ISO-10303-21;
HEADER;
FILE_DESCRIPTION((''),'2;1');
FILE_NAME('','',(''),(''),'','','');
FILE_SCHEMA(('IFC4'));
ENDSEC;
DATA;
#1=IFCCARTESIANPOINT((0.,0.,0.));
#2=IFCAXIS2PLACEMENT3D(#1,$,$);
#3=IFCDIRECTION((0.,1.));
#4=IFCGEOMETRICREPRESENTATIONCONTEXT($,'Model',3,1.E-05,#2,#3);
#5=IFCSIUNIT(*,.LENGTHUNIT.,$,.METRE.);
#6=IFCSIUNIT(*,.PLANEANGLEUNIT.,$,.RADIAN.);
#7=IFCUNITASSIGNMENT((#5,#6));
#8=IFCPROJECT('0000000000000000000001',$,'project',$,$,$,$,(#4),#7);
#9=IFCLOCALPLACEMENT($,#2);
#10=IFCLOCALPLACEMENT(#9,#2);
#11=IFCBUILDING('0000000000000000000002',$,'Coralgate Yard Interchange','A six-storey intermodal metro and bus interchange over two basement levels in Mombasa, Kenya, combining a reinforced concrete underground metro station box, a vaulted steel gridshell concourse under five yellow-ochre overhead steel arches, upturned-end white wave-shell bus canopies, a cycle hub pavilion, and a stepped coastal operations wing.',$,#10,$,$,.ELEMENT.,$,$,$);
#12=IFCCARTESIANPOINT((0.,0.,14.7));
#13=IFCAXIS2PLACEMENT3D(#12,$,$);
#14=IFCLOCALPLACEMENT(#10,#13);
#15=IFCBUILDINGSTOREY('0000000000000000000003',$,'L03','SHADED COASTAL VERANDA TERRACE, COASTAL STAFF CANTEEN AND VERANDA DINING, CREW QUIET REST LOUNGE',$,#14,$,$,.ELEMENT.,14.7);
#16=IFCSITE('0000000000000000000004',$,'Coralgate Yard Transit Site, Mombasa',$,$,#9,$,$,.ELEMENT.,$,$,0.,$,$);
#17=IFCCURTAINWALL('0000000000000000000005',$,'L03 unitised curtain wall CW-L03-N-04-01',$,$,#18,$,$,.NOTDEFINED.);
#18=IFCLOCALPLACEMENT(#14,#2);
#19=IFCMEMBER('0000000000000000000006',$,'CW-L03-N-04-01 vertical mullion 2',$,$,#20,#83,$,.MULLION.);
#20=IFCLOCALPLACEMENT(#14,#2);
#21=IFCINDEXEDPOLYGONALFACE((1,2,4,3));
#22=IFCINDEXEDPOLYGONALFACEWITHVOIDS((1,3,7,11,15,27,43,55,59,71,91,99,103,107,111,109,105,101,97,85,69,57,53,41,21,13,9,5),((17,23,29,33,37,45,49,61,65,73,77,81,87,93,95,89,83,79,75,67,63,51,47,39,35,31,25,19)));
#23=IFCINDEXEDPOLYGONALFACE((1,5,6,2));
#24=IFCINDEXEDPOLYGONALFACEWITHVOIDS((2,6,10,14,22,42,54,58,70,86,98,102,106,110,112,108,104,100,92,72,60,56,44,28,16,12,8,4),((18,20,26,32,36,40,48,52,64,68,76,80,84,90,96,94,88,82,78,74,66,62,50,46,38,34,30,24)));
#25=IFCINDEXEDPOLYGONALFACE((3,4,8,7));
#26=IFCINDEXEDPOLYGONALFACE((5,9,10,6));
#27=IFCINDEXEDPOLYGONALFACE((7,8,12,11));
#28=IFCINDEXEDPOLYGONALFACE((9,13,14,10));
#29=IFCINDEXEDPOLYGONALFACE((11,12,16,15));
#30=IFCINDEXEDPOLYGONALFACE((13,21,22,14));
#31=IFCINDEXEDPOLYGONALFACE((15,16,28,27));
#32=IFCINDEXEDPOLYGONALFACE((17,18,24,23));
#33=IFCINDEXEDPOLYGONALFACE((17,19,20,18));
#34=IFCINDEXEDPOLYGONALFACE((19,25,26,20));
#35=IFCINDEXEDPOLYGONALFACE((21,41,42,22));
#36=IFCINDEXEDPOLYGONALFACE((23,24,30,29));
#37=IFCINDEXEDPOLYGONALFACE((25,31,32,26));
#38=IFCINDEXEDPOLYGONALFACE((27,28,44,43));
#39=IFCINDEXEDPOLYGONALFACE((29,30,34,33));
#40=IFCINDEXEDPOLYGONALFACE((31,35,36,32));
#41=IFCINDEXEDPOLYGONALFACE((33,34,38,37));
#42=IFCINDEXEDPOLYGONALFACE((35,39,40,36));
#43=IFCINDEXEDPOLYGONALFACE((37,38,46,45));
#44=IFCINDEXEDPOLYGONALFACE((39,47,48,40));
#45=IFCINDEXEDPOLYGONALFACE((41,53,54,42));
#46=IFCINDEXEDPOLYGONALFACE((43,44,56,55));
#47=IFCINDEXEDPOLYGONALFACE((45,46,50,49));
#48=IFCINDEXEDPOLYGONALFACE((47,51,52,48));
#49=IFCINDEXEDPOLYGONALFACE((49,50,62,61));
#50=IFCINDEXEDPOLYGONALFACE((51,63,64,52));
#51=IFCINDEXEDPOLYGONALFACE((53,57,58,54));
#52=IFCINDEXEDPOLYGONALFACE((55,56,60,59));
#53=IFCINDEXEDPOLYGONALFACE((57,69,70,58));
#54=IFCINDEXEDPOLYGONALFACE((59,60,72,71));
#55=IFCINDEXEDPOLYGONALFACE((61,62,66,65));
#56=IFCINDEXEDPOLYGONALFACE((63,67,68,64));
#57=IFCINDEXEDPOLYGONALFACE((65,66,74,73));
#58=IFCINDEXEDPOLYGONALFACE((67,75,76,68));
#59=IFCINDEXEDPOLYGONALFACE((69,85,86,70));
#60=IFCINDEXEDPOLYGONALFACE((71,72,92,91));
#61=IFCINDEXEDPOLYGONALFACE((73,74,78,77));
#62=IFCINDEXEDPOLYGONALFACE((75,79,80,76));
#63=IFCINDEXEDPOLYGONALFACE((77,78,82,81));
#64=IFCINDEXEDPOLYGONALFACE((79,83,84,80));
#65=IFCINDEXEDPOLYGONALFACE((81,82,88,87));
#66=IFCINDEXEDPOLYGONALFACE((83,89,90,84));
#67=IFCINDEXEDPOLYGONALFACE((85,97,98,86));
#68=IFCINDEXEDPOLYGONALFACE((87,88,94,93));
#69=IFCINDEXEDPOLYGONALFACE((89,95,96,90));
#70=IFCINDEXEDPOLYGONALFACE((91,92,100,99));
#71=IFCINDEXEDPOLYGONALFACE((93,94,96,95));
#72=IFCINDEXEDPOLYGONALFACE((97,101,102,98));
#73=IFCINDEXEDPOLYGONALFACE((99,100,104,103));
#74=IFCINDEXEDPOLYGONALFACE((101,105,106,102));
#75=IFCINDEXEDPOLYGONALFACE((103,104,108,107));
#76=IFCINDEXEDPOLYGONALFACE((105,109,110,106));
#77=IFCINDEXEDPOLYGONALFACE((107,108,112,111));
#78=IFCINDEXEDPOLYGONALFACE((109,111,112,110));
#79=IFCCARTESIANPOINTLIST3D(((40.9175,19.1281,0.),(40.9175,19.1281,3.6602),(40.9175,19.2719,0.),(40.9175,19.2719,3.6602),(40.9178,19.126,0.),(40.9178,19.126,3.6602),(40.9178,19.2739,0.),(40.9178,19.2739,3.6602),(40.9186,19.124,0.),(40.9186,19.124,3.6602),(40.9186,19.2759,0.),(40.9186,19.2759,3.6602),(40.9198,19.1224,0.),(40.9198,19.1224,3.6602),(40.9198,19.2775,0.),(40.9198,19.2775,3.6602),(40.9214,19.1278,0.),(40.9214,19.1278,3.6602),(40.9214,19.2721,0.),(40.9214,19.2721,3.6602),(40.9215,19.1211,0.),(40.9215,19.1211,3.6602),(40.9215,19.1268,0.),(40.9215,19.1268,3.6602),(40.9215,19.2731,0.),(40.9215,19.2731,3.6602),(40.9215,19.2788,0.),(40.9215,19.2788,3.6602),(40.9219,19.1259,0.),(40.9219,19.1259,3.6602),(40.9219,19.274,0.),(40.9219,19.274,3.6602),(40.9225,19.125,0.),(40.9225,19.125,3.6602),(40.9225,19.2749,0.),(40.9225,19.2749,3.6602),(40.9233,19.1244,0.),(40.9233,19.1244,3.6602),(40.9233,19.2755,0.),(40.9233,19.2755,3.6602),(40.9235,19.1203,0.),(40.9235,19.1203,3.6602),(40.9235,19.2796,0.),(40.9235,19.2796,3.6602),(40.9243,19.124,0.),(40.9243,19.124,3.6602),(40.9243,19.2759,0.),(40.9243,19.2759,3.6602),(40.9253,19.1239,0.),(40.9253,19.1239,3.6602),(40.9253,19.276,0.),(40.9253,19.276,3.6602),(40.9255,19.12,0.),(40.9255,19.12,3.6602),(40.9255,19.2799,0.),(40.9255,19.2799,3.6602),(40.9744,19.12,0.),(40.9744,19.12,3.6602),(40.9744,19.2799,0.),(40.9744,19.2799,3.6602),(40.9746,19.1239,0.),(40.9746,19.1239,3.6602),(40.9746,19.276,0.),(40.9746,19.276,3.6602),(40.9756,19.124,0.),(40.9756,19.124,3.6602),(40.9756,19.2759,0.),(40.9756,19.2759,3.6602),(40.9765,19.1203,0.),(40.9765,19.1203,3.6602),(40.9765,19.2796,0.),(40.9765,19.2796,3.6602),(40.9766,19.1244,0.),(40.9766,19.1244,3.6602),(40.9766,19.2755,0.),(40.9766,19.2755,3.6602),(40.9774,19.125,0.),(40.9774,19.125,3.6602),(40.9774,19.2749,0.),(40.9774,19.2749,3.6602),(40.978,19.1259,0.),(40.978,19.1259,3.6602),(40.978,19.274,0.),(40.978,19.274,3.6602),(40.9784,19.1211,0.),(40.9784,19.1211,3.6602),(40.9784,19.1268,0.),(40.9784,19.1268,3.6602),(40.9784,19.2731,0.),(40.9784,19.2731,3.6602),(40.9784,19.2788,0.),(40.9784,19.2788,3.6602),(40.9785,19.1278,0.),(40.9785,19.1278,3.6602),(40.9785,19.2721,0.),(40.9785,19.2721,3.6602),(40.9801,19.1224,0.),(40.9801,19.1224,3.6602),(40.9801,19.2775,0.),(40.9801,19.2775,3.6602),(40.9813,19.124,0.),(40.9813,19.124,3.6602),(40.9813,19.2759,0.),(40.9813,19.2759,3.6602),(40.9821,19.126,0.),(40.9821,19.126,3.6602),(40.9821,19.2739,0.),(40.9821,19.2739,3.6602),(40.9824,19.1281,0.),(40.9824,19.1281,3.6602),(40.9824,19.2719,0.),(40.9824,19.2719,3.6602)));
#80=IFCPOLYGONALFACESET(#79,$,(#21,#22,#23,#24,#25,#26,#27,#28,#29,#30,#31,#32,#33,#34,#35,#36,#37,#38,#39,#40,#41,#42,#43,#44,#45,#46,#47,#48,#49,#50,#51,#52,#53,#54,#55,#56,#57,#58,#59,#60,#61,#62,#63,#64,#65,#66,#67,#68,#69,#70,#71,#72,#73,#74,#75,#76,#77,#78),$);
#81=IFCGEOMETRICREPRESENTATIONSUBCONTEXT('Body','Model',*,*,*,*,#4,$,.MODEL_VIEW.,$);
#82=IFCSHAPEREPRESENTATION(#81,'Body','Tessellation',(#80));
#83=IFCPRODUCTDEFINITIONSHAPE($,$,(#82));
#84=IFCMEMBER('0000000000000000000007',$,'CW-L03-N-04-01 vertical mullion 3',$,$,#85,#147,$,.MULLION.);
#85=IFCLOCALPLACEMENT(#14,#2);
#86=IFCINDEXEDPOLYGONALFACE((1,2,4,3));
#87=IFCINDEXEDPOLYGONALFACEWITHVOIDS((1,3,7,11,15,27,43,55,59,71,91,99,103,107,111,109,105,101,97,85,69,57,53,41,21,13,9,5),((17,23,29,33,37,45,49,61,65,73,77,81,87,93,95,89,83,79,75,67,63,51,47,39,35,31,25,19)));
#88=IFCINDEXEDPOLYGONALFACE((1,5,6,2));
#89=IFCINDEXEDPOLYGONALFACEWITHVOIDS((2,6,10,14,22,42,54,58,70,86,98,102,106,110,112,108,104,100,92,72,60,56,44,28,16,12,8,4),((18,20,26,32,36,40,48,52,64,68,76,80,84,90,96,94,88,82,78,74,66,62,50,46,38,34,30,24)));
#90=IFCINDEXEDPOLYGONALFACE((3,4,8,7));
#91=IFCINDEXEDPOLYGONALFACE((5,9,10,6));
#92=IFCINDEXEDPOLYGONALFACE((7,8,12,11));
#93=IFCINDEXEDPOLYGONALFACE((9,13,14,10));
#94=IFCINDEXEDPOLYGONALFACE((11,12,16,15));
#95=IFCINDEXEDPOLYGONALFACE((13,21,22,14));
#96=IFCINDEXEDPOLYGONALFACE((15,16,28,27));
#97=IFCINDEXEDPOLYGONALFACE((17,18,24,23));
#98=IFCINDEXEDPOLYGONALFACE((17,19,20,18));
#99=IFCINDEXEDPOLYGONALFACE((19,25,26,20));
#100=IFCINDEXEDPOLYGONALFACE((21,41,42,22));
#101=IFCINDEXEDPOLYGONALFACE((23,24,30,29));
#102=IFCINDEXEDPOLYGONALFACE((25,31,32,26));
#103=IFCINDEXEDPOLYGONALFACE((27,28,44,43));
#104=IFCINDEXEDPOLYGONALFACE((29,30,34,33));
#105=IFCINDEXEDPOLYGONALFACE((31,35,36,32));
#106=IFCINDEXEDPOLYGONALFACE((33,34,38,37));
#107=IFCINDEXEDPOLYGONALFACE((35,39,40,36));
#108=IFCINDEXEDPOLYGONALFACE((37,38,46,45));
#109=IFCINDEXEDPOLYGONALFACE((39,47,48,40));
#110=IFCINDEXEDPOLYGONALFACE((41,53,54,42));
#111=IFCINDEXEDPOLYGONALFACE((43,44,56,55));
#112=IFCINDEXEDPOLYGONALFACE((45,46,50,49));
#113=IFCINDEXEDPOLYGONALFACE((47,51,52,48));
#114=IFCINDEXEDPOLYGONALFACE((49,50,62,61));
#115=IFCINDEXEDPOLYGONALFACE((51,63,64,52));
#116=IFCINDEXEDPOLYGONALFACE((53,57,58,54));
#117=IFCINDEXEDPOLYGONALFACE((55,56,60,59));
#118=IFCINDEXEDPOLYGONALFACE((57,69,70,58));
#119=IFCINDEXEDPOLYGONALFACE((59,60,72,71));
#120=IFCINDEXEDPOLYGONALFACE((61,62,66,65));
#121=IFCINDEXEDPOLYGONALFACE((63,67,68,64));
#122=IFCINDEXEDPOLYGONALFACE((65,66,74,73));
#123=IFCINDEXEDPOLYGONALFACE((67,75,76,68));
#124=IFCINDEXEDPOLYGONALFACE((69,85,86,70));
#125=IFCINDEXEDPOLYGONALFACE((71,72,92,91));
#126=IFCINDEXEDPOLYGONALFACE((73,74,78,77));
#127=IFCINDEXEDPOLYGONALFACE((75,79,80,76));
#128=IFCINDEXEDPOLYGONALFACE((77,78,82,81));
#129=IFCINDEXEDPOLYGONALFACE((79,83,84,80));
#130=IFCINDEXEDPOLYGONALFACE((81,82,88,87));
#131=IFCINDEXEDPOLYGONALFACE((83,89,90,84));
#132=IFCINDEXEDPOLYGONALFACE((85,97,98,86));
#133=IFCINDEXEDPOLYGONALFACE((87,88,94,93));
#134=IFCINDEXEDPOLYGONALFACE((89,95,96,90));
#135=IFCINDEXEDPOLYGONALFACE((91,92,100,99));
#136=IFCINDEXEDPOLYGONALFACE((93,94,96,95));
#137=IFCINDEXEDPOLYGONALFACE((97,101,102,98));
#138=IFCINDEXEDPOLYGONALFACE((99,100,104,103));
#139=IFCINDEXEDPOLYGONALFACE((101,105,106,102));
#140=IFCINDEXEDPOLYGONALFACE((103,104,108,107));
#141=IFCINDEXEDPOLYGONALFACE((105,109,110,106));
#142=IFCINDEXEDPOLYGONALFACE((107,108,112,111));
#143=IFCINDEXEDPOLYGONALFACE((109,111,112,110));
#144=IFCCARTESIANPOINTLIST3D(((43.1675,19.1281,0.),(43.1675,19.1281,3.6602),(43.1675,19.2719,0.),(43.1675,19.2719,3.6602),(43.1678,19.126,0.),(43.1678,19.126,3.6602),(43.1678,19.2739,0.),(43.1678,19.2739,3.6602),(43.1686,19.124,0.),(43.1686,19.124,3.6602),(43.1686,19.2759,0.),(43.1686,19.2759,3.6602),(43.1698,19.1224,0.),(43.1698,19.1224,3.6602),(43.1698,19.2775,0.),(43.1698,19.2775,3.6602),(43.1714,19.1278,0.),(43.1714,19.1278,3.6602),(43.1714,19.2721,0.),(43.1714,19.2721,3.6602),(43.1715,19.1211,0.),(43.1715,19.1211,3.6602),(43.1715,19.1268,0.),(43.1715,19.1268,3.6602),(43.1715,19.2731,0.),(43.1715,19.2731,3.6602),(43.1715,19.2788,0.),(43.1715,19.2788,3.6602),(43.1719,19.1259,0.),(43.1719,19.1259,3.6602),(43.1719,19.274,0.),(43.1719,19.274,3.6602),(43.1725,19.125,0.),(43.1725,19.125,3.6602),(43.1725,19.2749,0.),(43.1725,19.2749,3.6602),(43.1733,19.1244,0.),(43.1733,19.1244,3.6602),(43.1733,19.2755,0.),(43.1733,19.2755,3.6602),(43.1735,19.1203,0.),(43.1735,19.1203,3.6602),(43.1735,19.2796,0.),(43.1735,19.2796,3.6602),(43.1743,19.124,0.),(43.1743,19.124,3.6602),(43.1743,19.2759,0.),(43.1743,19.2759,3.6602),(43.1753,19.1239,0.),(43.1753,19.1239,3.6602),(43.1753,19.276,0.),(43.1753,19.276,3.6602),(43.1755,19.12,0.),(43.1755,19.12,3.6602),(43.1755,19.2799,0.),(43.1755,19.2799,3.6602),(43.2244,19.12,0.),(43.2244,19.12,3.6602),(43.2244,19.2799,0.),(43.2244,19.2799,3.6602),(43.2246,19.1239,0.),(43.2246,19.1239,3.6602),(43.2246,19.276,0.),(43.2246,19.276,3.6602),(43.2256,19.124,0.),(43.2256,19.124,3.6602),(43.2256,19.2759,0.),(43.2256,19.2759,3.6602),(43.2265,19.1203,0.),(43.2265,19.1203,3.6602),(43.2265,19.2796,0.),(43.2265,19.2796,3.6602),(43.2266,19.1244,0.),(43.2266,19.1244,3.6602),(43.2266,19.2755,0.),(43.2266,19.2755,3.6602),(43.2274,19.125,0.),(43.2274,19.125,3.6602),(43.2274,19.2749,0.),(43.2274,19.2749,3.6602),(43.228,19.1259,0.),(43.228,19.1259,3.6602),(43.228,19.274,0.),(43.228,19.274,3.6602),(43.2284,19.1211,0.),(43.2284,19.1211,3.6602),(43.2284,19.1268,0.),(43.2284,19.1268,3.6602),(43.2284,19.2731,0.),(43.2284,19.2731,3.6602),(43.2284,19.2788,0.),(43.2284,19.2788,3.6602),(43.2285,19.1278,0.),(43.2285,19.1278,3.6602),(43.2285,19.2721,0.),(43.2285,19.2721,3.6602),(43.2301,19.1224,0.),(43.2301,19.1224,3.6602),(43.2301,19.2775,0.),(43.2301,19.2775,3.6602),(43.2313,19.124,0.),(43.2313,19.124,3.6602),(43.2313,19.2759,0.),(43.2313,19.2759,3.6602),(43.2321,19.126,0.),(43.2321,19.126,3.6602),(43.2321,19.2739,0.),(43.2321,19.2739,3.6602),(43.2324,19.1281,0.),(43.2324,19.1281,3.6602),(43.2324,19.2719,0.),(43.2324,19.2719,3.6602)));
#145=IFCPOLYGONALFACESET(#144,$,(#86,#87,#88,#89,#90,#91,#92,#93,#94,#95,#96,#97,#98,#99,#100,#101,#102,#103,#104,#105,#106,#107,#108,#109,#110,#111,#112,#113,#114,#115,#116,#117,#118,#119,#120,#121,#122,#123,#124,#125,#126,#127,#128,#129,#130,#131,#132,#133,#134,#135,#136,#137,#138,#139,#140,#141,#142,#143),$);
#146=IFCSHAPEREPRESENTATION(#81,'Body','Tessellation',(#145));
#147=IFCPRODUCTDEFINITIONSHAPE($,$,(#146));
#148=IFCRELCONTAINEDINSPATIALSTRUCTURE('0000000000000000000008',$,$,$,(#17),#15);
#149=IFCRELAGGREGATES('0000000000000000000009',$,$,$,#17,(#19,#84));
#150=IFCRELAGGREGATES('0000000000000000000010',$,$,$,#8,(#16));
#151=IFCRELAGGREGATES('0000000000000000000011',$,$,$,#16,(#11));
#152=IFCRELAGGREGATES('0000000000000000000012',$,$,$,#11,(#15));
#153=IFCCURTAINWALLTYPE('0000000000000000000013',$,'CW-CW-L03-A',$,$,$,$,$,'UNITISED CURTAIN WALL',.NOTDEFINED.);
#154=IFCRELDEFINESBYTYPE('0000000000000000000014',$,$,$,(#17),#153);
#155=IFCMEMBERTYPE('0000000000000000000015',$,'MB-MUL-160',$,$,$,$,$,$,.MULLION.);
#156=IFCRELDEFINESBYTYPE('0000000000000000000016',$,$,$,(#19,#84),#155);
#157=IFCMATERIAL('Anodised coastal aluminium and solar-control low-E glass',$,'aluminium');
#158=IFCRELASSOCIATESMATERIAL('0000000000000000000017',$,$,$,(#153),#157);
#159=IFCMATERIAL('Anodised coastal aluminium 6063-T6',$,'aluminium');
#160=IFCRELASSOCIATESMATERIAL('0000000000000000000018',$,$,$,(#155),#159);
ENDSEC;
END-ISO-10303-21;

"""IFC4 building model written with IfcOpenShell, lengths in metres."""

from ifc_helpers import new_model, si_unit, direction, frame, origin, origin_2d, place, context, subcontext, project, spatial, hollow_rectangle, extrude, material, material_profile, profile_set, type_object, element, aggregate, save


model = new_model("IFC4")

# Units and contexts
model_context = context("Model", 3, precision=1e-05, world=origin(), true_north=direction((0.0, 1.0)))
body_context = subcontext(model_context, "Body", "Model", "MODEL_VIEW")
ifc_project = project(units=[si_unit("LENGTHUNIT", "METRE"), si_unit("PLANEANGLEUNIT", "RADIAN")], contexts=[model_context])

# Site, building, storey
site_placement = place(None, origin())
site = spatial("IfcSite", under=ifc_project, at=site_placement, Name="Coralgate Yard Transit Site, Mombasa", CompositionType="ELEMENT", RefElevation=0.0)
building_placement = place(site_placement, origin())
building = spatial("IfcBuilding", under=site, at=building_placement, Name="Coralgate Yard Interchange", Description="A six-storey intermodal metro and bus interchange over two basement levels in Mombasa, Kenya, combining a reinforced concrete underground metro station box, a vaulted steel gridshell concourse under five yellow-ochre overhead steel arches, upturned-end white wave-shell bus canopies, a cycle hub pavilion, and a stepped coastal operations wing.", CompositionType="ELEMENT")
storey_placement = place(building_placement, frame((0.0, 0.0, 14.7)))
storey = spatial("IfcBuildingStorey", under=building, at=storey_placement, Name="L03", Description="SHADED COASTAL VERANDA TERRACE, COASTAL STAFF CANTEEN AND VERANDA DINING, CREW QUIET REST LOUNGE", CompositionType="ELEMENT", Elevation=14.7)

# Curtain wall, members
ifc_material_1 = material(Name="Anodised coastal aluminium and solar-control low-E glass", Category="aluminium")
curtain_wall_type = type_object("IfcCurtainWallType", Name="CW-CW-L03-A", ElementType="UNITISED CURTAIN WALL", PredefinedType="NOTDEFINED", material=ifc_material_1)
curtain_wall_placement = place(storey_placement, origin())
curtain_wall = element("IfcCurtainWall", 1, at=curtain_wall_placement, inside=storey, type_object=curtain_wall_type, Name="L03 unitised curtain wall CW-L03-N-04-01", PredefinedType="NOTDEFINED")
ifc_material_2 = material(Name="Anodised coastal aluminium 6063-T6", Category="aluminium")
ifc_material_profile_1 = material_profile(ifc_material_2, hollow_rectangle(XDim=0.0649, YDim=0.1599, WallThickness=0.0039, InnerFilletRadius=0.0039, OuterFilletRadius=0.0081, at=origin_2d()), Name="ALU 65x160x4")
ifc_profile_set_1 = profile_set([ifc_material_profile_1], Name="Anodised coastal aluminium 6063-T6")
member_type_1 = type_object("IfcMemberType", Name="MB-MUL-160", PredefinedType="MULLION", material=ifc_profile_set_1)
member_1_placement = place(storey_placement, frame((40.95, 19.2, 0.0), z_axis=(0.0, 0.0, 1.0), x_axis=(1.0, 0.0, 0.0)))
member_1 = element("IfcMember", 2, at=member_1_placement, type_object=member_type_1, Name="CW-L03-N-04-01 vertical mullion 2", PredefinedType="MULLION", context=body_context, shape_type="SweptSolid", body=[
    extrude(hollow_rectangle(XDim=0.0649, YDim=0.1599, WallThickness=0.0039, InnerFilletRadius=0.0039, OuterFilletRadius=0.0081, at=origin_2d()), origin(), (0.0, 0.0, 1.0), 3.6602),
])
member_2_placement = place(storey_placement, frame((43.2, 19.2, 0.0), z_axis=(0.0, 0.0, 1.0), x_axis=(1.0, 0.0, 0.0)))
member_2 = element("IfcMember", 3, at=member_2_placement, type_object=member_type_1, Name="CW-L03-N-04-01 vertical mullion 3", PredefinedType="MULLION", context=body_context, shape_type="SweptSolid", body=[
    extrude(hollow_rectangle(XDim=0.0649, YDim=0.1599, WallThickness=0.0039, InnerFilletRadius=0.0039, OuterFilletRadius=0.0081, at=origin_2d()), origin(), (0.0, 0.0, 1.0), 3.6602),
])
aggregate(curtain_wall, [member_1, member_2])

save(model, "model.ifc")
